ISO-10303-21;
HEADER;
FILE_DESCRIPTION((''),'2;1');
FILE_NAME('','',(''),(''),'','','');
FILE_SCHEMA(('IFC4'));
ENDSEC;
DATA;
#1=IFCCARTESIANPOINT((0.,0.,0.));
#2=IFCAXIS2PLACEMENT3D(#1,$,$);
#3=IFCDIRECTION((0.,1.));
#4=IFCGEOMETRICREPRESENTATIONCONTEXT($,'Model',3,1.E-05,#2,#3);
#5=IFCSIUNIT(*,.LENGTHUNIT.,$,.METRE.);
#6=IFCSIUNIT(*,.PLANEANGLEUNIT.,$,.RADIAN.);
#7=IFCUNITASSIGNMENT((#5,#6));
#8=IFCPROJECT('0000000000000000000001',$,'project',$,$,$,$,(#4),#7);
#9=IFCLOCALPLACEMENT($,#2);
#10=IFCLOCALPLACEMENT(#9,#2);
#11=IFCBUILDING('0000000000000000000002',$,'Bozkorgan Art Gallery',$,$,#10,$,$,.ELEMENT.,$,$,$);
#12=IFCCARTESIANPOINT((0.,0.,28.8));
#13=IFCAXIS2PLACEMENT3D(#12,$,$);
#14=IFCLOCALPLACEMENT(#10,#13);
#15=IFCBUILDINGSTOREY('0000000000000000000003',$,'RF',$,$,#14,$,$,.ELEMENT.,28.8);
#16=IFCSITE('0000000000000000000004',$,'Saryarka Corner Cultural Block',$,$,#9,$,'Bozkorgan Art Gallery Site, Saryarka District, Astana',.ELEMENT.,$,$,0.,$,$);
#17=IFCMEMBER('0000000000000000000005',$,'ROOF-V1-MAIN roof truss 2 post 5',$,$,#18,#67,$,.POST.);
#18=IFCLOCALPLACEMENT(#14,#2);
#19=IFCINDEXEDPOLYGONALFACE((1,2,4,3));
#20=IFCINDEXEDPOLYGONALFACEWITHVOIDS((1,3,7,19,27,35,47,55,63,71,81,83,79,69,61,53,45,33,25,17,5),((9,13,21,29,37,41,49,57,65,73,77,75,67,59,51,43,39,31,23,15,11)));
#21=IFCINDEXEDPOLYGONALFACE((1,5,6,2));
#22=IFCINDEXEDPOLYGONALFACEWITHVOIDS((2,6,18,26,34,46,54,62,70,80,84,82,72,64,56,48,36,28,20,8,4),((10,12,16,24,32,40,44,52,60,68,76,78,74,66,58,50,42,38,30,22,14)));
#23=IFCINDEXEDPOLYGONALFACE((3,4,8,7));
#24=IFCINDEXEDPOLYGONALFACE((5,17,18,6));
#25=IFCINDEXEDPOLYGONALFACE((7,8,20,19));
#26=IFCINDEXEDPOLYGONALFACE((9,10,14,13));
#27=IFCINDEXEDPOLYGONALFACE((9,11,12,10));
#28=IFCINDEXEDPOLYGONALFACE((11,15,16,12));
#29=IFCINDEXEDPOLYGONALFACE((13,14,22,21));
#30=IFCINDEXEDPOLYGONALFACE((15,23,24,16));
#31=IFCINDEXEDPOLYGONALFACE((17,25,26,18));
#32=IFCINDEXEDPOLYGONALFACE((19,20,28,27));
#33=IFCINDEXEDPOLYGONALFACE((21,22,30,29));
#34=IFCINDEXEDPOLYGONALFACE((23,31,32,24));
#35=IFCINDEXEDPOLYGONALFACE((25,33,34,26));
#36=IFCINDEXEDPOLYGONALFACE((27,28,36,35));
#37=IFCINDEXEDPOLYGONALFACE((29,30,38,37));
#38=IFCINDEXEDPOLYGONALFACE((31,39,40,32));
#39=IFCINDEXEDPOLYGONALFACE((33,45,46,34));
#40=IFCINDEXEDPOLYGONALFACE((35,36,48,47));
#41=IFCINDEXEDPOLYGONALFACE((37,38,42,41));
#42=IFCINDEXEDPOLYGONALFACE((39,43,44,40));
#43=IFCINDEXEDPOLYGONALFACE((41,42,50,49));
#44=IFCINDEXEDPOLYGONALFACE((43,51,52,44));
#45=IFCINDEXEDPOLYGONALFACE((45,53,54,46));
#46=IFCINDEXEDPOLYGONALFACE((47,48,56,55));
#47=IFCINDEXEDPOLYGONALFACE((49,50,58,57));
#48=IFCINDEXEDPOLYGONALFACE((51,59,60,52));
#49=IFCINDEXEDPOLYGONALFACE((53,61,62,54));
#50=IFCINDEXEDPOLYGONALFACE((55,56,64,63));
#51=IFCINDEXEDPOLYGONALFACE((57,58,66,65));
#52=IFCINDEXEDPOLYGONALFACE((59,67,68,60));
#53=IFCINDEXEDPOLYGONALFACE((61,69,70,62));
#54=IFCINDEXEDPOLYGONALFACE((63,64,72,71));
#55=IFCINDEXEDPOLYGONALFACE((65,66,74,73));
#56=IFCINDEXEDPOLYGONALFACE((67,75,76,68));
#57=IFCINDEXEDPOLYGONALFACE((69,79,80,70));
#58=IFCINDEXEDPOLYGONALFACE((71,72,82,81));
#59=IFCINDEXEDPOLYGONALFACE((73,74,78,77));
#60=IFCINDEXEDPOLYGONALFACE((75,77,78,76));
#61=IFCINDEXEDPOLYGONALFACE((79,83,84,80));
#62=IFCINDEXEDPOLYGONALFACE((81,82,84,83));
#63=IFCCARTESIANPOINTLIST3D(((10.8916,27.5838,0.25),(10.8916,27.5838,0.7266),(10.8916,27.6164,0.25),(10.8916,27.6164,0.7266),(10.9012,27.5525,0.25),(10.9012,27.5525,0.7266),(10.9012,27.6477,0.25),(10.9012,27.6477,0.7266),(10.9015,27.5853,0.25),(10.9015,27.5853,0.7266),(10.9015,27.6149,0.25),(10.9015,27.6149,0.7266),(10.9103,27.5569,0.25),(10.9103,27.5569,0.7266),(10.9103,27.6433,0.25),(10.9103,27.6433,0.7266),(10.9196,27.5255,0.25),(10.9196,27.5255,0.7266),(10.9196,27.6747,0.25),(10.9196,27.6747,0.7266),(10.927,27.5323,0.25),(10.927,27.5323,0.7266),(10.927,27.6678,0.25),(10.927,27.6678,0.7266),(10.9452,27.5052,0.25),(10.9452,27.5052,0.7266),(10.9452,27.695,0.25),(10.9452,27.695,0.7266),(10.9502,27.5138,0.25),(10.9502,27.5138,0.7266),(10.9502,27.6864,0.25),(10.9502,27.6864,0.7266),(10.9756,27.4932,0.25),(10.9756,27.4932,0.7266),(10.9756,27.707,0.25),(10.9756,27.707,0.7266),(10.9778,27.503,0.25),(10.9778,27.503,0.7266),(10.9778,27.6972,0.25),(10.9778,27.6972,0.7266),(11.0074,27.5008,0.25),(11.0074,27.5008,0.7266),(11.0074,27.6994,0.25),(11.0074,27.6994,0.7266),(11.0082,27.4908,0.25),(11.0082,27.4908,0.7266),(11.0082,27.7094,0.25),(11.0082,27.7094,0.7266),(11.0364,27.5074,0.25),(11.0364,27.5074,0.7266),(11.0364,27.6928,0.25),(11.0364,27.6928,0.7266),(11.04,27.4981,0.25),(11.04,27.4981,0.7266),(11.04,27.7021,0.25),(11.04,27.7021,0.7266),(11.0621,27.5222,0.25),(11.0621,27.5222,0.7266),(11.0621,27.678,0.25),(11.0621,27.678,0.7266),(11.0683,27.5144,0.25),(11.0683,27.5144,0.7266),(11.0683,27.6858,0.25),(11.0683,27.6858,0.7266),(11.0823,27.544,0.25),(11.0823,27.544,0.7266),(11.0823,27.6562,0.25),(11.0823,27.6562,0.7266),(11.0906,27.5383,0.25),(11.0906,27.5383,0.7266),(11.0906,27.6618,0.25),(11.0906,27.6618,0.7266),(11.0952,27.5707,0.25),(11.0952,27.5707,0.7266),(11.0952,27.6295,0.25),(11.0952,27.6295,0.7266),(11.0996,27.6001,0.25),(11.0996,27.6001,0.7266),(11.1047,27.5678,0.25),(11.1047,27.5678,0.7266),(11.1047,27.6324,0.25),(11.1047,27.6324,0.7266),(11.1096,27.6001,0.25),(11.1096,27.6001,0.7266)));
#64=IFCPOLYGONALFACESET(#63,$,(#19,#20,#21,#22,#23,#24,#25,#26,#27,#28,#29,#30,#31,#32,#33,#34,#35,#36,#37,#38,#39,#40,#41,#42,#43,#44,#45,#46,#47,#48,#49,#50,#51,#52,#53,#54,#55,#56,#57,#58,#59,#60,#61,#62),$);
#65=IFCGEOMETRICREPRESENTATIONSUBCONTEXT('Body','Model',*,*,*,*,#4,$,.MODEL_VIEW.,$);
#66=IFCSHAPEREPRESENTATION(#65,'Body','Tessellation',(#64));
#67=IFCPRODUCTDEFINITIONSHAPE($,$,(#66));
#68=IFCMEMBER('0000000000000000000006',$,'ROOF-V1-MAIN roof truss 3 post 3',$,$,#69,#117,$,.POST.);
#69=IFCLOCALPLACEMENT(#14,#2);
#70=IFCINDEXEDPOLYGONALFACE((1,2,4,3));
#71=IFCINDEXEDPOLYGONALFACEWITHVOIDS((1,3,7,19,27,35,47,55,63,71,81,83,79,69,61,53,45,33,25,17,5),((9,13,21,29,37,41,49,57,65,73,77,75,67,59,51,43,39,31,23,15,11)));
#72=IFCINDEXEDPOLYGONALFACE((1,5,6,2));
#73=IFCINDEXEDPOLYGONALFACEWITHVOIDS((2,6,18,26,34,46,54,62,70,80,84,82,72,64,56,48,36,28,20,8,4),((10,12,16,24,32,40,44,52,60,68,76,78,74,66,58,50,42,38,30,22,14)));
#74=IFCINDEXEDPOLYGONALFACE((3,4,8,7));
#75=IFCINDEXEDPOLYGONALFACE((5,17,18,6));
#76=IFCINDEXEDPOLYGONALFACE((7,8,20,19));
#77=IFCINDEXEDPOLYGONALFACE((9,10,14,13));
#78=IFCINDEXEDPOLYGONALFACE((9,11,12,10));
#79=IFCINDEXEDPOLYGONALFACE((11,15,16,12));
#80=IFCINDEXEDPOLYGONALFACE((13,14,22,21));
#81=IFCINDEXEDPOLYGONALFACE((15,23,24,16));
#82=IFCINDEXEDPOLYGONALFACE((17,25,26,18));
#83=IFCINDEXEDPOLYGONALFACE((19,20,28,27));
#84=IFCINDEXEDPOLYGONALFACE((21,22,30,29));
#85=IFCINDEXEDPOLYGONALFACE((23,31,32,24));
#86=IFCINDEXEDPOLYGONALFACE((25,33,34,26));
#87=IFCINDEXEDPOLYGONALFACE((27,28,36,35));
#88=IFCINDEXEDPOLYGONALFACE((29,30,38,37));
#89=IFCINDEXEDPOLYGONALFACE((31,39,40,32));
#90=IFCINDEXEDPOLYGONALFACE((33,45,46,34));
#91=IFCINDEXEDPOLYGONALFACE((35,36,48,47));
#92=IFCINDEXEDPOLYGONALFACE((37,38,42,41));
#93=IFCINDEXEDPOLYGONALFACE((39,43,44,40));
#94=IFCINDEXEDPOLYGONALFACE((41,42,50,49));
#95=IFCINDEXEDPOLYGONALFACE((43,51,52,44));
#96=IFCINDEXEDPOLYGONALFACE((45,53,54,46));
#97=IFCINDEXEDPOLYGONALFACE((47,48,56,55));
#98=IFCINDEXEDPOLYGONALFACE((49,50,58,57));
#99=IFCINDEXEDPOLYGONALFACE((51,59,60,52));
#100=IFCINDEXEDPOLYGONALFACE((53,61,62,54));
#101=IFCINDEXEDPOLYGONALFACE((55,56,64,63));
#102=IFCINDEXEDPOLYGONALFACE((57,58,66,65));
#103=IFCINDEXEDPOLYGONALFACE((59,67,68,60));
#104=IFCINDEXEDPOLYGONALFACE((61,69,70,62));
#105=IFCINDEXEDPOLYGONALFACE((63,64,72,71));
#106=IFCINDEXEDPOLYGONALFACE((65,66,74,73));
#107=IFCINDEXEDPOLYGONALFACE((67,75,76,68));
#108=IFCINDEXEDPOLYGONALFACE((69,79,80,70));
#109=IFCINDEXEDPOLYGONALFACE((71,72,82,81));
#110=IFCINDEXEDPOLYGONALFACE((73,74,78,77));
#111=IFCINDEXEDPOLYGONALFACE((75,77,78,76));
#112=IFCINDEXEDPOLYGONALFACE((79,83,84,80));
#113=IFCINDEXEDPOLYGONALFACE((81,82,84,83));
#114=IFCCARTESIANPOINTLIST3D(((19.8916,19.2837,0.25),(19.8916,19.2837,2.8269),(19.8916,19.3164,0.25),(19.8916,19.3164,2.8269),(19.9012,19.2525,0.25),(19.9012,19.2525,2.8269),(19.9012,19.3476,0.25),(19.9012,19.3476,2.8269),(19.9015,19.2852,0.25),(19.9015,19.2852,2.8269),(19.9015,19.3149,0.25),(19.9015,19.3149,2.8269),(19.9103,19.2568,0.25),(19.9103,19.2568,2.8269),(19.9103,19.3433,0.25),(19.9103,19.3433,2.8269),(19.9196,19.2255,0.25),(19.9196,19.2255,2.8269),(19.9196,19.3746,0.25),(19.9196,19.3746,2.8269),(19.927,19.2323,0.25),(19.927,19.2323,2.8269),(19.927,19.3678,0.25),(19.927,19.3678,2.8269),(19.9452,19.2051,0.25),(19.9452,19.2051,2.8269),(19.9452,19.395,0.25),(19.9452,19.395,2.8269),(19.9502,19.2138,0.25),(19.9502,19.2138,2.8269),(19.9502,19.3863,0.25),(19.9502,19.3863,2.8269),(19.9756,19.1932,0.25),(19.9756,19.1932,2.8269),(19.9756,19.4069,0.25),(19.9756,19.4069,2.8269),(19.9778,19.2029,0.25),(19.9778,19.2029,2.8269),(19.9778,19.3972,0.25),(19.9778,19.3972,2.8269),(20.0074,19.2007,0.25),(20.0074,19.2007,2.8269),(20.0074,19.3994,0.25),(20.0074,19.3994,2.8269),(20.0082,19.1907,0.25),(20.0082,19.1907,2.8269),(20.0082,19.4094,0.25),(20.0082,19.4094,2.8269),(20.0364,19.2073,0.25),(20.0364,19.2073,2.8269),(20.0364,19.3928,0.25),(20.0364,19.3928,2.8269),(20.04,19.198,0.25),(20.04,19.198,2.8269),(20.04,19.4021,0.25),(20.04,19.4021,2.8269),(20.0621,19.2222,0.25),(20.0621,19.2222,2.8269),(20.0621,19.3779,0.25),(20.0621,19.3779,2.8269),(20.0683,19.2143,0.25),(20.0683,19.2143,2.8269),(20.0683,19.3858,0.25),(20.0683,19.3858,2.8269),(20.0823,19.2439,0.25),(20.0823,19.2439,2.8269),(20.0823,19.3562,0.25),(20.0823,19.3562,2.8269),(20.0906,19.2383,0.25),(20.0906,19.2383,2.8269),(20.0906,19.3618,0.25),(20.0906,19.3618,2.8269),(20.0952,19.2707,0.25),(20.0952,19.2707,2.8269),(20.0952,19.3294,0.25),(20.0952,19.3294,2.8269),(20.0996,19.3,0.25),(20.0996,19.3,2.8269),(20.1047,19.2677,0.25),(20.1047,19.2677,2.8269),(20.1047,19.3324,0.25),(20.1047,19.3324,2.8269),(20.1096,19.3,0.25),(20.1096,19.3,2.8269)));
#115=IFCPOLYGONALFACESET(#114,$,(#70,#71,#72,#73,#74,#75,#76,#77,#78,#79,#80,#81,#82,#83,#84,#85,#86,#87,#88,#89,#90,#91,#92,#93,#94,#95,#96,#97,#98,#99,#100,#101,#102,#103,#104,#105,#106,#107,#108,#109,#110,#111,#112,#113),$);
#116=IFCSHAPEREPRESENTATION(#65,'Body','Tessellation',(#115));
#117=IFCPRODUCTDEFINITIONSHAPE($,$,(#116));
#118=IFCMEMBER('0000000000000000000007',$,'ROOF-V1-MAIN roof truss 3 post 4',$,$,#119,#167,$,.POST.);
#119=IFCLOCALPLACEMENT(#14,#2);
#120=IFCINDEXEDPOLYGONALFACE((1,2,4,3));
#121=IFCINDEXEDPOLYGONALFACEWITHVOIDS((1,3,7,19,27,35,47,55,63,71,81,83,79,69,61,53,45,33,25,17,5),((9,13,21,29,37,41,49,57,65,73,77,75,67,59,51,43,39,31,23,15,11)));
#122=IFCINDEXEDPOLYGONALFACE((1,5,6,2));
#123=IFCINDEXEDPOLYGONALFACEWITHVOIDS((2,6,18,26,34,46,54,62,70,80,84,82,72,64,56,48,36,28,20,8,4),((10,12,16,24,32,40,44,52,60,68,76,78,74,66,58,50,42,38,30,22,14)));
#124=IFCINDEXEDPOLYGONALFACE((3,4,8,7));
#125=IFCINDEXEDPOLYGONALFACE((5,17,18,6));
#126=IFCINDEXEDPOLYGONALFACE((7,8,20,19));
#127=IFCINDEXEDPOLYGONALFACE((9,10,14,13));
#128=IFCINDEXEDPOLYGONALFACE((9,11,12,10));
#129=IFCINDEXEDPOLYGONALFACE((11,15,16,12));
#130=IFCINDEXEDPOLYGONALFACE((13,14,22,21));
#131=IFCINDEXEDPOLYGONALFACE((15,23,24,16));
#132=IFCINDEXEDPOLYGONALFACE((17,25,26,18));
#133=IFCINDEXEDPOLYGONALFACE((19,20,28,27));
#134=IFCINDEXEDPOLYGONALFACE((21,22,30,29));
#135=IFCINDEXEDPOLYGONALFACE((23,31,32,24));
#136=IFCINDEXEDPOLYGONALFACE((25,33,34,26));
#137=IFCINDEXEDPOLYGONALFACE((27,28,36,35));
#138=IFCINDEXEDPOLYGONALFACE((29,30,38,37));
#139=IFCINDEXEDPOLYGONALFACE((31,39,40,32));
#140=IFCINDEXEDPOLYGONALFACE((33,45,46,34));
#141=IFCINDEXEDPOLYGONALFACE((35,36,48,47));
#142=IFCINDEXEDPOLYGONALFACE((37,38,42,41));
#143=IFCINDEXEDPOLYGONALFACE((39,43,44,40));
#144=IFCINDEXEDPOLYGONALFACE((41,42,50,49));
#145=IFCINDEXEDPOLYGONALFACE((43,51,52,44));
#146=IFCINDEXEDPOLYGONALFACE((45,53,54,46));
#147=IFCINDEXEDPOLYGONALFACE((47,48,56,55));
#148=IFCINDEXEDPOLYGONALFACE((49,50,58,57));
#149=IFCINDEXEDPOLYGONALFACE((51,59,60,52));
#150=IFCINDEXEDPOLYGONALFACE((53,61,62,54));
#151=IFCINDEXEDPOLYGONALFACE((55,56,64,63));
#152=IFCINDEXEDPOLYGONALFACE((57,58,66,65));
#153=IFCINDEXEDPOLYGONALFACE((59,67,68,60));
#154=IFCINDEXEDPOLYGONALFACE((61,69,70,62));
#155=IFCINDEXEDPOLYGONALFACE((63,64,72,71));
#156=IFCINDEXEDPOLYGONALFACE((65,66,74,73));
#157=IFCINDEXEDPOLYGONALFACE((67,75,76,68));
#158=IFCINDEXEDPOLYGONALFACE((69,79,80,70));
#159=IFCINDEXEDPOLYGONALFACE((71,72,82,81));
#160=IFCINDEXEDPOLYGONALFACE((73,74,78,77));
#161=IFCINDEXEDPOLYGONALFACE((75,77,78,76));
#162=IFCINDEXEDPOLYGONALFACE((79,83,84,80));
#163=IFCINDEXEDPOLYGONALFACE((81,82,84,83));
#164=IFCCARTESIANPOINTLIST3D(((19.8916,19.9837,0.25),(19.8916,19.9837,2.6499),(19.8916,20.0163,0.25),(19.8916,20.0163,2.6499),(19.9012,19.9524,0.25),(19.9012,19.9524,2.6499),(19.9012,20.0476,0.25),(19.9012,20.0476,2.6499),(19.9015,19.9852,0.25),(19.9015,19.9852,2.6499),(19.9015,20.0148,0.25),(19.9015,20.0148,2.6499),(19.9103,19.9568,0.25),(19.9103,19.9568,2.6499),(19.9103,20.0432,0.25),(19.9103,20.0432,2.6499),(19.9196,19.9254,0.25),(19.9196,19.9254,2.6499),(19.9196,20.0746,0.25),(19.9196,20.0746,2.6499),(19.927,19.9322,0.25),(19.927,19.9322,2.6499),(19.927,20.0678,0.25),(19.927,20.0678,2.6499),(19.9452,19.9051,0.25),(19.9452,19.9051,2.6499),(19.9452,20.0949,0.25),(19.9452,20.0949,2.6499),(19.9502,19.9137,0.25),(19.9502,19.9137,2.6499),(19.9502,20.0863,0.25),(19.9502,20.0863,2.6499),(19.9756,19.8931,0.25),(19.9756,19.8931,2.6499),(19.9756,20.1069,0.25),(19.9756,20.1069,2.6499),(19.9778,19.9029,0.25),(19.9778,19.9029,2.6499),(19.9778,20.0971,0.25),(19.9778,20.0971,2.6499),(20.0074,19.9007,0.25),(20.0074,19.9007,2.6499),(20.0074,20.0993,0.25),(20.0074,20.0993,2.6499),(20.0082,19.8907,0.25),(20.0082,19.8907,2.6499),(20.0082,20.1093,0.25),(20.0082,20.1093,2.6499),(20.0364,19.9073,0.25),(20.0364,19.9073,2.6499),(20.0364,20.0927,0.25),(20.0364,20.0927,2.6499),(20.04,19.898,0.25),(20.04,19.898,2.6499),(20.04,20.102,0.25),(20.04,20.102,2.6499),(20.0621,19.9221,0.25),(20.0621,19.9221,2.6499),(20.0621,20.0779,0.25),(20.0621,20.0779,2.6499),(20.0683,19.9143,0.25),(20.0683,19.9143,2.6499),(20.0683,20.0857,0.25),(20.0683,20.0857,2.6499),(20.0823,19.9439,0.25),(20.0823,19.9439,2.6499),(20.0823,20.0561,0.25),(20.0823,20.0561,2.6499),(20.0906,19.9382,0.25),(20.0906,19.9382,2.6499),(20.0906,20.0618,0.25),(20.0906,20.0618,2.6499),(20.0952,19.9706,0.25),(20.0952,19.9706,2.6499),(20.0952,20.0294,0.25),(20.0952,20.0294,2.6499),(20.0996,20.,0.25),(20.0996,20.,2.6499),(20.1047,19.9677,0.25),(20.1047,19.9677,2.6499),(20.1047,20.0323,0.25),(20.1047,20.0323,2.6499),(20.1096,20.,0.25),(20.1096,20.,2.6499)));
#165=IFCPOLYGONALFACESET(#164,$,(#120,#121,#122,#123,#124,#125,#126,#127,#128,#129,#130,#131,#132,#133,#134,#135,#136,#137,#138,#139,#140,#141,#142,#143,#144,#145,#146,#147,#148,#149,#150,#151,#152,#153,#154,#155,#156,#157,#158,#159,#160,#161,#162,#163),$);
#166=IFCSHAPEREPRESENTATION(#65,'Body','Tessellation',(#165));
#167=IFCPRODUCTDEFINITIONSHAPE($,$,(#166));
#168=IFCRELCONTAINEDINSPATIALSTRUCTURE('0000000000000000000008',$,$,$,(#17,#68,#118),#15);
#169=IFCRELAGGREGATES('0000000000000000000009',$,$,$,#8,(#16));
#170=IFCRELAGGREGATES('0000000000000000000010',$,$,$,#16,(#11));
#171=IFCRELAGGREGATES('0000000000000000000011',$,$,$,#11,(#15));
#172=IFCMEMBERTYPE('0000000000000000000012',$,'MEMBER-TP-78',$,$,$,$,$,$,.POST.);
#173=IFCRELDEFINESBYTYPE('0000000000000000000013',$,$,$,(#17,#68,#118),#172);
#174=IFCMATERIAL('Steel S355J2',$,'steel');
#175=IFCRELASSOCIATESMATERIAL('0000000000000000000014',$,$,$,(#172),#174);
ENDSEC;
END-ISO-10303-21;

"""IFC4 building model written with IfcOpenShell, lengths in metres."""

from ifc_helpers import new_model, si_unit, direction, frame, origin, origin_2d, place, context, subcontext, project, spatial, hollow_circle, extrude, material, material_profile, profile_set, type_object, element, save


model = new_model("IFC4")

# Units and contexts
model_context = context("Model", 3, precision=1e-05, world=origin(), true_north=direction((0.0, 1.0)))
body_context = subcontext(model_context, "Body", "Model", "MODEL_VIEW")
ifc_project = project(units=[si_unit("LENGTHUNIT", "METRE"), si_unit("PLANEANGLEUNIT", "RADIAN")], contexts=[model_context])

# Site, building, storey
site_placement = place(None, origin())
site = spatial("IfcSite", under=ifc_project, at=site_placement, Name="Saryarka Corner Cultural Block", LongName="Bozkorgan Art Gallery Site, Saryarka District, Astana", CompositionType="ELEMENT", RefElevation=0.0)
building_placement = place(site_placement, origin())
building = spatial("IfcBuilding", under=site, at=building_placement, Name="Bozkorgan Art Gallery", CompositionType="ELEMENT")
storey_placement = place(building_placement, frame((0.0, 0.0, 28.8)))
storey = spatial("IfcBuildingStorey", under=building, at=storey_placement, Name="RF", CompositionType="ELEMENT", Elevation=28.8)

# Shared definitions
ifc_material_1 = material(Name="Steel S355J2", Category="steel")

# Members
ifc_material_profile_1 = material_profile(ifc_material_1, hollow_circle(Radius=0.1096, WallThickness=0.01, at=origin_2d()), Name="CHS 219.1x10")
ifc_profile_set_1 = profile_set([ifc_material_profile_1], Name="Steel S355J2")
member_type_1 = type_object("IfcMemberType", Name="MEMBER-TP-78", PredefinedType="POST", material=ifc_profile_set_1)
member_1_placement = place(storey_placement, frame((11.0, 27.6001, 0.25), z_axis=(0.0, 0.0, 1.0), x_axis=(1.0, 0.0, 0.0)))
element("IfcMember", 1, at=member_1_placement, inside=storey, type_object=member_type_1, Name="ROOF-V1-MAIN roof truss 2 post 5", PredefinedType="POST", context=body_context, shape_type="SweptSolid", body=[
    extrude(hollow_circle(Radius=0.1096, WallThickness=0.01, at=origin_2d()), origin(), (0.0, 0.0, 1.0), 0.4766),
])
member_2_placement = place(storey_placement, frame((20.0, 19.3, 0.25), z_axis=(0.0, 0.0, 1.0), x_axis=(1.0, 0.0, 0.0)))
element("IfcMember", 2, at=member_2_placement, inside=storey, type_object=member_type_1, Name="ROOF-V1-MAIN roof truss 3 post 3", PredefinedType="POST", context=body_context, shape_type="SweptSolid", body=[
    extrude(hollow_circle(Radius=0.1096, WallThickness=0.01, at=origin_2d()), origin(), (0.0, 0.0, 1.0), 2.5769),
])
member_3_placement = place(storey_placement, frame((20.0, 20.0, 0.25), z_axis=(0.0, 0.0, 1.0), x_axis=(1.0, 0.0, 0.0)))
element("IfcMember", 3, at=member_3_placement, inside=storey, type_object=member_type_1, Name="ROOF-V1-MAIN roof truss 3 post 4", PredefinedType="POST", context=body_context, shape_type="SweptSolid", body=[
    extrude(hollow_circle(Radius=0.1096, WallThickness=0.01, at=origin_2d()), origin(), (0.0, 0.0, 1.0), 2.3999),
])

save(model, "model.ifc")
